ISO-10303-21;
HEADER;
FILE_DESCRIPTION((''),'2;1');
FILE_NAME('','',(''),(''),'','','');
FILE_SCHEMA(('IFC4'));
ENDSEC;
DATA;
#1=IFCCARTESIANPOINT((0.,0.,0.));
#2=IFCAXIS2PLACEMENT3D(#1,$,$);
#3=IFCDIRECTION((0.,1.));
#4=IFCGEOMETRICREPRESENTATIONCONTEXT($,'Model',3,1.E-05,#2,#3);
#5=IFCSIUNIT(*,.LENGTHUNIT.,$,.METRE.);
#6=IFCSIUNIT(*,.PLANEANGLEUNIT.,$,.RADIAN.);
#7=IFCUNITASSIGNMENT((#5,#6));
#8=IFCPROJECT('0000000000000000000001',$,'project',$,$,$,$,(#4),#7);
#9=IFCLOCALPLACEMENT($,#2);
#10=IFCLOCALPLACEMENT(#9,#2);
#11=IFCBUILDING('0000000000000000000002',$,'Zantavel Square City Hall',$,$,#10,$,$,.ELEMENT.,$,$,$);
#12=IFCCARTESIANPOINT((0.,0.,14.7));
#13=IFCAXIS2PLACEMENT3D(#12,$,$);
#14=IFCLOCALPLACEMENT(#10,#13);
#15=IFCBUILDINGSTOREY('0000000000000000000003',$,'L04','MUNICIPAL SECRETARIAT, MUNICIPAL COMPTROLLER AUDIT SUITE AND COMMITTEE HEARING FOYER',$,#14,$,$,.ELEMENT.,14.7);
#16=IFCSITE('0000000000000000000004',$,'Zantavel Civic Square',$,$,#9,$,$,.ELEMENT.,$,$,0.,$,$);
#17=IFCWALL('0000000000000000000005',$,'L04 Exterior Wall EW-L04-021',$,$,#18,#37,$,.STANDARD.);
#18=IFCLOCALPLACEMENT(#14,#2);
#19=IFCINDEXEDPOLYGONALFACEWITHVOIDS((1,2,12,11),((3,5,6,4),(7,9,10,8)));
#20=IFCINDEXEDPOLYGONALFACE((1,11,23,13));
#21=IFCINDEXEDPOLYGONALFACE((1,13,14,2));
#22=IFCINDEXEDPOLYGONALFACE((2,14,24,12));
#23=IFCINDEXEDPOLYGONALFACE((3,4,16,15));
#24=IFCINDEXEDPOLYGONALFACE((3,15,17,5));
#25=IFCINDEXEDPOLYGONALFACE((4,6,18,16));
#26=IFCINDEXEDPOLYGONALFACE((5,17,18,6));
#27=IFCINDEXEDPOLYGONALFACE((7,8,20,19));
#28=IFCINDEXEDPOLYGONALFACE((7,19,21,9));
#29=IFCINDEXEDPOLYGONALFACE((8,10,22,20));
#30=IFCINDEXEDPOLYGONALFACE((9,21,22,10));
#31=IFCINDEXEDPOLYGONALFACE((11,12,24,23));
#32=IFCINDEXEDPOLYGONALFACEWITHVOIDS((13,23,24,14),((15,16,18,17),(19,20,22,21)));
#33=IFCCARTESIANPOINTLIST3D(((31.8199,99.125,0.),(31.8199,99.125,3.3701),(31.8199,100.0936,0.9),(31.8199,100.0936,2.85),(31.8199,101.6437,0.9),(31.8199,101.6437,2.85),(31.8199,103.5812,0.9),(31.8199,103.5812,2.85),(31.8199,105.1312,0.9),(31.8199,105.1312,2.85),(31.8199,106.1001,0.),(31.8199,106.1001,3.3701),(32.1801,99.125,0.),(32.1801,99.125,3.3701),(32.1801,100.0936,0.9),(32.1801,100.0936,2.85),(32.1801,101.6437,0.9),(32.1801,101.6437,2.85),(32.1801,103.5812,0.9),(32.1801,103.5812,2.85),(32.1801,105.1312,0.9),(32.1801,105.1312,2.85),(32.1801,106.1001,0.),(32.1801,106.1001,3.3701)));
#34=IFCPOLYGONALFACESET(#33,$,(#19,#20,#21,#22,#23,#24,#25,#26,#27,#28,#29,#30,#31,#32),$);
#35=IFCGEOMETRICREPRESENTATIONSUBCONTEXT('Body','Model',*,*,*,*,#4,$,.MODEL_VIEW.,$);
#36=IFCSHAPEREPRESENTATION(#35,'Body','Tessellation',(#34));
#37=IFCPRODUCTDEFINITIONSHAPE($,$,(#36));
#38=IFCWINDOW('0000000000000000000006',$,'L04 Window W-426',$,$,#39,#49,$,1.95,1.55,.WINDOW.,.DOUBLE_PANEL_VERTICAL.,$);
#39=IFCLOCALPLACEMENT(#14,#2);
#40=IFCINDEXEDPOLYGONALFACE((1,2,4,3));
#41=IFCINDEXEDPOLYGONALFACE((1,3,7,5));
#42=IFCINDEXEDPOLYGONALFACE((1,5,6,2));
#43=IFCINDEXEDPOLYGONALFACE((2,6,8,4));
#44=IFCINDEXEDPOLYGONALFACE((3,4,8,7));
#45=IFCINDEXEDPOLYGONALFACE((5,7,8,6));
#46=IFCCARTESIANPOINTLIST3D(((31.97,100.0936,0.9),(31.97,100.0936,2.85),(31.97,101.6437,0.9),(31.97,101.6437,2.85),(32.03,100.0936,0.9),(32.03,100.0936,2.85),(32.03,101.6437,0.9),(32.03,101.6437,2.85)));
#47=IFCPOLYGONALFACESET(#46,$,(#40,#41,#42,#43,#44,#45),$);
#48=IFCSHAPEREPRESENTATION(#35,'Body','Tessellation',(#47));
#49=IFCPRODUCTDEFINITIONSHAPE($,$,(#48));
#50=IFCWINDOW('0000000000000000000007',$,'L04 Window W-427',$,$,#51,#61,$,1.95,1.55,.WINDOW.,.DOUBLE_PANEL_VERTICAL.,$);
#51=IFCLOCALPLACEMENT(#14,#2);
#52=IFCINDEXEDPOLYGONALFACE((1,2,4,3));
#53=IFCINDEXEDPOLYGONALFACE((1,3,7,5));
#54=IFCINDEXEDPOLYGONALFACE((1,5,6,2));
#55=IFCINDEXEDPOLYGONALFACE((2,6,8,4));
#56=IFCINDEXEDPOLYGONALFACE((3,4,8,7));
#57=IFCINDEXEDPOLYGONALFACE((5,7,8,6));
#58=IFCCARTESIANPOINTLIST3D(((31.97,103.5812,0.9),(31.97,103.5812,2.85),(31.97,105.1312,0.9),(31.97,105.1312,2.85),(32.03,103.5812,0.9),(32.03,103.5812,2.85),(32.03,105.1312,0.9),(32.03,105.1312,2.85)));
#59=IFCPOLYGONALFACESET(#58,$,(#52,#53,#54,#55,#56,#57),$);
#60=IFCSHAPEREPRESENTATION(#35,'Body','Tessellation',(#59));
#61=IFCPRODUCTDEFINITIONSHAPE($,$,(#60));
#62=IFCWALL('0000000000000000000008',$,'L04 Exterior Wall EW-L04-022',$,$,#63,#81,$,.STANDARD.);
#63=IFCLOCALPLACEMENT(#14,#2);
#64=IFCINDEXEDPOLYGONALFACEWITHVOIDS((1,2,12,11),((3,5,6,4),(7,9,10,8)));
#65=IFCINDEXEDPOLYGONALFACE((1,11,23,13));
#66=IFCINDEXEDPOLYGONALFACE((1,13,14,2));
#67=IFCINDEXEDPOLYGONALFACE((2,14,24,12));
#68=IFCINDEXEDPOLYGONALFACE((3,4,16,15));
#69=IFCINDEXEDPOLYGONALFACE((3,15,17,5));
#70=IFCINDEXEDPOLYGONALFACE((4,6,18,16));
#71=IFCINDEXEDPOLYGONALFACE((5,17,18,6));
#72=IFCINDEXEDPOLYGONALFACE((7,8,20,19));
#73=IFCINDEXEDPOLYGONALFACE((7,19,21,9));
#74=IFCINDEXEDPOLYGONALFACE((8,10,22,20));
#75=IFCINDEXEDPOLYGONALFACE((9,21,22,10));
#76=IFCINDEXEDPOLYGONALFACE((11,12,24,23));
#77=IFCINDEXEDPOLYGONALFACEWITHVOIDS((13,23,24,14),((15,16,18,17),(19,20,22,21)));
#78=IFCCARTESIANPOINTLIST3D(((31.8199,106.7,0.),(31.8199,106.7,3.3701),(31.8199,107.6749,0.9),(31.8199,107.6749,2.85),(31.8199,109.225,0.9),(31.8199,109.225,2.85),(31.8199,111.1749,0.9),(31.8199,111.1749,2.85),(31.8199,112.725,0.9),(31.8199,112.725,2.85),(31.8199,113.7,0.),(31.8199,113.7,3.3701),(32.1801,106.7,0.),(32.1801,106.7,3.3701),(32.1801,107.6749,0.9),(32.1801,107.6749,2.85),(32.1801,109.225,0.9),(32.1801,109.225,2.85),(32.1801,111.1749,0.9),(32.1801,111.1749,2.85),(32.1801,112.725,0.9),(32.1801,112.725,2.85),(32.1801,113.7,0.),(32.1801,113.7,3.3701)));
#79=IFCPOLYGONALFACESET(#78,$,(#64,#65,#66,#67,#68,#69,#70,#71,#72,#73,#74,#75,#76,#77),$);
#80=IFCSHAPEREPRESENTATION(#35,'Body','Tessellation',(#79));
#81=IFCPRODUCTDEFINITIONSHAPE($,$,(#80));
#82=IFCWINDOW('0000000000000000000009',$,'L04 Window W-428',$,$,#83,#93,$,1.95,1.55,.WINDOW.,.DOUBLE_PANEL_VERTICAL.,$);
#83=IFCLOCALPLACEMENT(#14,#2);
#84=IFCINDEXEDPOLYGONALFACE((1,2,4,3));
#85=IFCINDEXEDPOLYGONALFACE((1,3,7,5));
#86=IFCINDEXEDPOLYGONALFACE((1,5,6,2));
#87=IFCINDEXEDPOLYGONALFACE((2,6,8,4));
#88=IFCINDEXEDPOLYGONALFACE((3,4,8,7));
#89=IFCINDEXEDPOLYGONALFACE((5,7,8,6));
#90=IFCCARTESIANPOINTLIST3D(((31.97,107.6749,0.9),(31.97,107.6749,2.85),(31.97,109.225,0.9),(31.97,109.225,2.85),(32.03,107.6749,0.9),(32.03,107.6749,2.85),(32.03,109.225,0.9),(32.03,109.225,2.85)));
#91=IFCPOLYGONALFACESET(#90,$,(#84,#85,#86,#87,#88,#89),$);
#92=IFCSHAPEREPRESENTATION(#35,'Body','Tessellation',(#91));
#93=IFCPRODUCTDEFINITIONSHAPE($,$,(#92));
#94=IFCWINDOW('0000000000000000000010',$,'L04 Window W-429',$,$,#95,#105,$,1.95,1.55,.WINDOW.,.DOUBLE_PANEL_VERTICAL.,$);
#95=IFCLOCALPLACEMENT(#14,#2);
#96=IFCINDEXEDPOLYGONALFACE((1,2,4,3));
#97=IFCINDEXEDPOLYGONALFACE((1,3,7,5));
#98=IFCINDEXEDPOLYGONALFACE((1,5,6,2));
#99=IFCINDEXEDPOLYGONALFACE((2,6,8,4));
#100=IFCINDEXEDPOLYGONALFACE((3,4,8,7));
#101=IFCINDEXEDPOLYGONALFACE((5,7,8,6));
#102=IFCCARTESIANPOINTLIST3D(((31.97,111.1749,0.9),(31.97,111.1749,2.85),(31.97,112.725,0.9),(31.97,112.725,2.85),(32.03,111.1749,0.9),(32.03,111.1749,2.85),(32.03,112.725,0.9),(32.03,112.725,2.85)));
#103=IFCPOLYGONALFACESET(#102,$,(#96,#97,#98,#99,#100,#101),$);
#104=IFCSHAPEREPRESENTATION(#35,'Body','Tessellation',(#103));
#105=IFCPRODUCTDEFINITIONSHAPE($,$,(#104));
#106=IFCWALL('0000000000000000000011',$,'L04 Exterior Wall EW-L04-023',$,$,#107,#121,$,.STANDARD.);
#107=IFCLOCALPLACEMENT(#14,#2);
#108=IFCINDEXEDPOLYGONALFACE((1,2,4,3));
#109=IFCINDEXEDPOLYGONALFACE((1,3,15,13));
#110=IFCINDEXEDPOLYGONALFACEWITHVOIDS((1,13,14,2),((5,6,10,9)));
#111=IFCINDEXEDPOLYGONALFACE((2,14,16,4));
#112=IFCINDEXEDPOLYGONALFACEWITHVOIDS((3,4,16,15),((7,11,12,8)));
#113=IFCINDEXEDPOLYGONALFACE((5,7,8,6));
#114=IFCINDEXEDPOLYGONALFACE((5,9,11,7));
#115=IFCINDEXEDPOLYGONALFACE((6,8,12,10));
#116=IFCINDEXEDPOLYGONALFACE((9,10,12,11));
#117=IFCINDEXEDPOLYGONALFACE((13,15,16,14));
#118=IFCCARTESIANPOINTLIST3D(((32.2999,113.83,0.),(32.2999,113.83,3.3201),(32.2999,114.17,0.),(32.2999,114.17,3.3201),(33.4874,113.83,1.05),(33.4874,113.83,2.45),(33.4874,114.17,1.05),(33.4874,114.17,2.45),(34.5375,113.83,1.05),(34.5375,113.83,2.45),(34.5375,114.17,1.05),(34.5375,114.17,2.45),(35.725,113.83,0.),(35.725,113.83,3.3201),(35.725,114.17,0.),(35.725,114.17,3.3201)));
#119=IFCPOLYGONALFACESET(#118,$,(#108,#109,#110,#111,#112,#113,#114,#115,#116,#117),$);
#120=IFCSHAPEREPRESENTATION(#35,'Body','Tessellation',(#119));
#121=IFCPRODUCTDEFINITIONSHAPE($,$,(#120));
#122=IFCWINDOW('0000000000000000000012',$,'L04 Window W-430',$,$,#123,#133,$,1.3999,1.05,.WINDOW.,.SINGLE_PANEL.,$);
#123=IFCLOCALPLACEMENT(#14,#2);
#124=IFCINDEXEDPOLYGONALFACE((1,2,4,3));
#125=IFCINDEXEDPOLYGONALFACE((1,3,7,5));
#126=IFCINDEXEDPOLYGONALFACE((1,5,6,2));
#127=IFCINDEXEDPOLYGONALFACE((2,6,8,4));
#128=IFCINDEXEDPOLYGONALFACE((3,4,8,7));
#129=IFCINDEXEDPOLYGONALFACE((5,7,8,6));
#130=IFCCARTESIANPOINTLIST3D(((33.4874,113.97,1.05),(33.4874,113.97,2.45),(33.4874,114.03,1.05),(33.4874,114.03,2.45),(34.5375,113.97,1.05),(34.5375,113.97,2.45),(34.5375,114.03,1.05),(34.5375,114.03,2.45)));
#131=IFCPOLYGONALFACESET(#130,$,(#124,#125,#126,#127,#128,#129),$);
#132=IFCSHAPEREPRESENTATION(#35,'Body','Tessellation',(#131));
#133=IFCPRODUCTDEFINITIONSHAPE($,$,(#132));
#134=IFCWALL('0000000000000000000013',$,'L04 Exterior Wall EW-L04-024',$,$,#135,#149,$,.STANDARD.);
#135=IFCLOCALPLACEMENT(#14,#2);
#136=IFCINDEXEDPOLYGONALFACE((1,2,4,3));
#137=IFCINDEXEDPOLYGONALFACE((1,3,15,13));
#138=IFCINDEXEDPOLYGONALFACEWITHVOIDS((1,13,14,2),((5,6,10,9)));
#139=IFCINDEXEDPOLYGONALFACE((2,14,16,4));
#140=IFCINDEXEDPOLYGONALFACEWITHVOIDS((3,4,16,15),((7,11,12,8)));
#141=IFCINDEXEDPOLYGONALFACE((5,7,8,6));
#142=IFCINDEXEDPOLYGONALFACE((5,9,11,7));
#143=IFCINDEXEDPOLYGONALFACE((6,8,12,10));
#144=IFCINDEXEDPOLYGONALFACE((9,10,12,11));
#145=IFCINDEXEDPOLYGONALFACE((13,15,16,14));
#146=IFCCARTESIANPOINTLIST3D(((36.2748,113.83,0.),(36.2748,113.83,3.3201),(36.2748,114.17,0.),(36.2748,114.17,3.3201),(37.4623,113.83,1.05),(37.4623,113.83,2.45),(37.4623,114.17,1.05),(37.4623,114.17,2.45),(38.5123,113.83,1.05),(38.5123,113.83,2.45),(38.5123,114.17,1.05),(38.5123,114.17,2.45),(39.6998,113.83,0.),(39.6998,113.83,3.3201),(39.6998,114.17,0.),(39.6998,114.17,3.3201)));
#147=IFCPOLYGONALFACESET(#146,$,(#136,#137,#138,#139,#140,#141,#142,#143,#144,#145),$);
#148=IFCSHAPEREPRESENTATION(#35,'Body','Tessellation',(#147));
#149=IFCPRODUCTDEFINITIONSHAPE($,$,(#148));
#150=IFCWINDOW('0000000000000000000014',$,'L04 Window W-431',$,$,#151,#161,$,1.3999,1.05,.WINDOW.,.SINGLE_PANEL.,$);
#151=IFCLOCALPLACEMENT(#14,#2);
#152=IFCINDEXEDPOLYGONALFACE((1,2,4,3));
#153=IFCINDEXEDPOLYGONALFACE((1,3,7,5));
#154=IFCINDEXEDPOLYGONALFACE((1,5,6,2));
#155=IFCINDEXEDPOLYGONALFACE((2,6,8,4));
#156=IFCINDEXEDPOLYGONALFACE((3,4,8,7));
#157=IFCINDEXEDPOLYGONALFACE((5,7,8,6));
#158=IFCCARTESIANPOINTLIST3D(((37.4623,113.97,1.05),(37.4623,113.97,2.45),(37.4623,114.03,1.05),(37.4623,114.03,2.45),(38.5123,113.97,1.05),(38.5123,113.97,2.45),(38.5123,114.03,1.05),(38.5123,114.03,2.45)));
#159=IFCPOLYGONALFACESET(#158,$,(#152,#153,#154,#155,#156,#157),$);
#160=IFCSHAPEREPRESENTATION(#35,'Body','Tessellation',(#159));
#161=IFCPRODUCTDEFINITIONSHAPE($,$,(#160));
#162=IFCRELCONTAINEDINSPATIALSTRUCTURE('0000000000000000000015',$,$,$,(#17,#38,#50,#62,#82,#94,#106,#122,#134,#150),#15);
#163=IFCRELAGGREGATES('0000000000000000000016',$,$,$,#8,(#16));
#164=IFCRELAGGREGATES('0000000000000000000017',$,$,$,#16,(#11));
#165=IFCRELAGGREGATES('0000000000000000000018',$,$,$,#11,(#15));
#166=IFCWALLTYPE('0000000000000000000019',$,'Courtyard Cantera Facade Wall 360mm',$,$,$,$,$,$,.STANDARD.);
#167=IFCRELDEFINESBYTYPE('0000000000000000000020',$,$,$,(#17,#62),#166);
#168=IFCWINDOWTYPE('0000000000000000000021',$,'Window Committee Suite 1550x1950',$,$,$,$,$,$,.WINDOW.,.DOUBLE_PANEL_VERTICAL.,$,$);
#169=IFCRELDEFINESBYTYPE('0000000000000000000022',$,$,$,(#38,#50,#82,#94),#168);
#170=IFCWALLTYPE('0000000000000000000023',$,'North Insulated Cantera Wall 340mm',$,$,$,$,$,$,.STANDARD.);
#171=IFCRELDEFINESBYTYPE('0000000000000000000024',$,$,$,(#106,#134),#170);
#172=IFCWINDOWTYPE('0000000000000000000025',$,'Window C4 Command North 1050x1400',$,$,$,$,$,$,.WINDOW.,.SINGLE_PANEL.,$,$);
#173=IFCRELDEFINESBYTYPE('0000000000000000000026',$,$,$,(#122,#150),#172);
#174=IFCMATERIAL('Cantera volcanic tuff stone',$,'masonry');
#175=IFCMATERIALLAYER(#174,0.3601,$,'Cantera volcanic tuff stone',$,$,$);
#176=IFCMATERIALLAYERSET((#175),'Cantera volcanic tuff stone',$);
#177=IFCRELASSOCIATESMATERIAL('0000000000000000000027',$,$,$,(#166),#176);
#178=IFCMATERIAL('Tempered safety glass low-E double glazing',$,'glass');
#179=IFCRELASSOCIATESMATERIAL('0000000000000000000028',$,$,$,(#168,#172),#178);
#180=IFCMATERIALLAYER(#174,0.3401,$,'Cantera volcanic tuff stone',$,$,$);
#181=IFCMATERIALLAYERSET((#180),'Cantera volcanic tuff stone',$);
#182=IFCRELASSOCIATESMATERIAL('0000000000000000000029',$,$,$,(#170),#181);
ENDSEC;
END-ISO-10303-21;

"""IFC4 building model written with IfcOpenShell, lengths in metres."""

from ifc_helpers import new_model, si_unit, direction, frame, frame_2d, origin, place, context, subcontext, project, spatial, rectangle, extrude, material, layer, layer_set, type_object, element, fill, save


model = new_model("IFC4")

# Units and contexts
model_context = context("Model", 3, precision=1e-05, world=origin(), true_north=direction((0.0, 1.0)))
body_context = subcontext(model_context, "Body", "Model", "MODEL_VIEW")
ifc_project = project(units=[si_unit("LENGTHUNIT", "METRE"), si_unit("PLANEANGLEUNIT", "RADIAN")], contexts=[model_context])

# Site, building, storey
site_placement = place(None, origin())
site = spatial("IfcSite", under=ifc_project, at=site_placement, Name="Zantavel Civic Square", CompositionType="ELEMENT", RefElevation=0.0)
building_placement = place(site_placement, origin())
building = spatial("IfcBuilding", under=site, at=building_placement, Name="Zantavel Square City Hall", CompositionType="ELEMENT")
storey_placement = place(building_placement, frame((0.0, 0.0, 14.7)))
storey = spatial("IfcBuildingStorey", under=building, at=storey_placement, Name="L04", Description="MUNICIPAL SECRETARIAT, MUNICIPAL COMPTROLLER AUDIT SUITE AND COMMITTEE HEARING FOYER", CompositionType="ELEMENT", Elevation=14.7)

# Walls, openings, windows
ifc_material_1 = material(Name="Cantera volcanic tuff stone", Category="masonry")
ifc_layer_1 = layer(ifc_material_1, 0.3601, Name="Cantera volcanic tuff stone")
ifc_layer_set_1 = layer_set([ifc_layer_1], Name="Cantera volcanic tuff stone")
wall_type_1 = type_object("IfcWallType", Name="Courtyard Cantera Facade Wall 360mm", PredefinedType="STANDARD", material=ifc_layer_set_1)
wall_1_placement = place(storey_placement, frame((32.0, 99.125, 0.0), z_axis=(0.0, 0.0, 1.0), x_axis=(0.0, 1.0, 0.0)))
wall_1 = element("IfcWall", 1, at=wall_1_placement, inside=storey, type_object=wall_type_1, Name="L04 Exterior Wall EW-L04-021", PredefinedType="STANDARD", context=body_context, shape_type="SweptSolid", body=[
    extrude(rectangle(XDim=6.9751, YDim=0.3601, at=frame_2d((3.4875, 0.0))), origin(), (0.0, 0.0, 1.0), 3.3701),
])
opening_1_placement = place(wall_1_placement, frame((0.9688, 0.0, 0.8999)))
opening_1 = element("IfcOpeningElement", 2, at=opening_1_placement, cuts=wall_1, PredefinedType="OPENING", context=body_context, shape_type="SweptSolid", body=[
    extrude(rectangle(XDim=1.55, YDim=1.95, at=frame_2d((0.7749, 0.9751))), frame((0.0, 0.1899, 0.0), z_axis=(0.0, -1.0, 0.0), x_axis=(1.0, 0.0, 0.0)), (0.0, 0.0, 1.0), 0.3801),
])
opening_2_placement = place(wall_1_placement, frame((4.4563, 0.0, 0.8999)))
opening_2 = element("IfcOpeningElement", 3, at=opening_2_placement, cuts=wall_1, PredefinedType="OPENING", context=body_context, shape_type="SweptSolid", body=[
    extrude(rectangle(XDim=1.55, YDim=1.95, at=frame_2d((0.7749, 0.9751))), frame((0.0, 0.1899, 0.0), z_axis=(0.0, -1.0, 0.0), x_axis=(1.0, 0.0, 0.0)), (0.0, 0.0, 1.0), 0.3801),
])
ifc_material_2 = material(Name="Tempered safety glass low-E double glazing", Category="glass")
window_type_1 = type_object("IfcWindowType", Name="Window Committee Suite 1550x1950", PartitioningType="DOUBLE_PANEL_VERTICAL", PredefinedType="WINDOW", material=ifc_material_2)
window_1_placement = place(opening_1_placement, origin())
window_1 = element("IfcWindow", 4, at=window_1_placement, inside=storey, type_object=window_type_1, Name="L04 Window W-426", OverallHeight=1.95, OverallWidth=1.55, PartitioningType="DOUBLE_PANEL_VERTICAL", PredefinedType="WINDOW", context=body_context, shape_type="SweptSolid", body=[
    extrude(rectangle(XDim=1.55, YDim=1.95, at=frame_2d((0.7749, 0.9751))), frame((0.0, 0.03, 0.0), z_axis=(0.0, -1.0, 0.0), x_axis=(1.0, 0.0, 0.0)), (0.0, 0.0, 1.0), 0.0601),
])
fill(opening_1, window_1)
window_2_placement = place(opening_2_placement, origin())
window_2 = element("IfcWindow", 5, at=window_2_placement, inside=storey, type_object=window_type_1, Name="L04 Window W-427", OverallHeight=1.95, OverallWidth=1.55, PartitioningType="DOUBLE_PANEL_VERTICAL", PredefinedType="WINDOW", context=body_context, shape_type="SweptSolid", body=[
    extrude(rectangle(XDim=1.55, YDim=1.95, at=frame_2d((0.7749, 0.9751))), frame((0.0, 0.03, 0.0), z_axis=(0.0, -1.0, 0.0), x_axis=(1.0, 0.0, 0.0)), (0.0, 0.0, 1.0), 0.0601),
])
fill(opening_2, window_2)
wall_2_placement = place(storey_placement, frame((32.0, 106.7, 0.0), z_axis=(0.0, 0.0, 1.0), x_axis=(0.0, 1.0, 0.0)))
wall_2 = element("IfcWall", 6, at=wall_2_placement, inside=storey, type_object=wall_type_1, Name="L04 Exterior Wall EW-L04-022", PredefinedType="STANDARD", context=body_context, shape_type="SweptSolid", body=[
    extrude(rectangle(XDim=7.0, YDim=0.3601, at=frame_2d((3.5, 0.0))), origin(), (0.0, 0.0, 1.0), 3.3701),
])
opening_3_placement = place(wall_2_placement, frame((0.9751, 0.0, 0.8999)))
opening_3 = element("IfcOpeningElement", 7, at=opening_3_placement, cuts=wall_2, PredefinedType="OPENING", context=body_context, shape_type="SweptSolid", body=[
    extrude(rectangle(XDim=1.55, YDim=1.95, at=frame_2d((0.7749, 0.9751))), frame((0.0, 0.1899, 0.0), z_axis=(0.0, -1.0, 0.0), x_axis=(1.0, 0.0, 0.0)), (0.0, 0.0, 1.0), 0.3801),
])
opening_4_placement = place(wall_2_placement, frame((4.4751, 0.0, 0.8999)))
opening_4 = element("IfcOpeningElement", 8, at=opening_4_placement, cuts=wall_2, PredefinedType="OPENING", context=body_context, shape_type="SweptSolid", body=[
    extrude(rectangle(XDim=1.55, YDim=1.95, at=frame_2d((0.7749, 0.9751))), frame((0.0, 0.1899, 0.0), z_axis=(0.0, -1.0, 0.0), x_axis=(1.0, 0.0, 0.0)), (0.0, 0.0, 1.0), 0.3801),
])
window_3_placement = place(opening_3_placement, origin())
window_3 = element("IfcWindow", 9, at=window_3_placement, inside=storey, type_object=window_type_1, Name="L04 Window W-428", OverallHeight=1.95, OverallWidth=1.55, PartitioningType="DOUBLE_PANEL_VERTICAL", PredefinedType="WINDOW", context=body_context, shape_type="SweptSolid", body=[
    extrude(rectangle(XDim=1.55, YDim=1.95, at=frame_2d((0.7749, 0.9751))), frame((0.0, 0.03, 0.0), z_axis=(0.0, -1.0, 0.0), x_axis=(1.0, 0.0, 0.0)), (0.0, 0.0, 1.0), 0.0601),
])
fill(opening_3, window_3)
window_4_placement = place(opening_4_placement, origin())
window_4 = element("IfcWindow", 10, at=window_4_placement, inside=storey, type_object=window_type_1, Name="L04 Window W-429", OverallHeight=1.95, OverallWidth=1.55, PartitioningType="DOUBLE_PANEL_VERTICAL", PredefinedType="WINDOW", context=body_context, shape_type="SweptSolid", body=[
    extrude(rectangle(XDim=1.55, YDim=1.95, at=frame_2d((0.7749, 0.9751))), frame((0.0, 0.03, 0.0), z_axis=(0.0, -1.0, 0.0), x_axis=(1.0, 0.0, 0.0)), (0.0, 0.0, 1.0), 0.0601),
])
fill(opening_4, window_4)

# Walls, openings, windows
ifc_layer_2 = layer(ifc_material_1, 0.3401, Name="Cantera volcanic tuff stone")
ifc_layer_set_2 = layer_set([ifc_layer_2], Name="Cantera volcanic tuff stone")
wall_type_2 = type_object("IfcWallType", Name="North Insulated Cantera Wall 340mm", PredefinedType="STANDARD", material=ifc_layer_set_2)
wall_3_placement = place(storey_placement, frame((32.3, 114.0, 0.0), z_axis=(0.0, 0.0, 1.0), x_axis=(1.0, 0.0, 0.0)))
wall_3 = element("IfcWall", 11, at=wall_3_placement, inside=storey, type_object=wall_type_2, Name="L04 Exterior Wall EW-L04-023", PredefinedType="STANDARD", context=body_context, shape_type="SweptSolid", body=[
    extrude(rectangle(XDim=3.425, YDim=0.3401, at=frame_2d((1.7124, 0.0))), origin(), (0.0, 0.0, 1.0), 3.3201),
])
opening_5_placement = place(wall_3_placement, frame((1.1875, 0.0, 1.05)))
opening_5 = element("IfcOpeningElement", 12, at=opening_5_placement, cuts=wall_3, PredefinedType="OPENING", context=body_context, shape_type="SweptSolid", body=[
    extrude(rectangle(XDim=1.05, YDim=1.3999, at=frame_2d((0.5249, 0.7))), frame((0.0, 0.1799, 0.0), z_axis=(0.0, -1.0, 0.0), x_axis=(1.0, 0.0, 0.0)), (0.0, 0.0, 1.0), 0.3601),
])
window_type_2 = type_object("IfcWindowType", Name="Window C4 Command North 1050x1400", PartitioningType="SINGLE_PANEL", PredefinedType="WINDOW", material=ifc_material_2)
window_5_placement = place(opening_5_placement, origin())
window_5 = element("IfcWindow", 13, at=window_5_placement, inside=storey, type_object=window_type_2, Name="L04 Window W-430", OverallHeight=1.3999, OverallWidth=1.05, PartitioningType="SINGLE_PANEL", PredefinedType="WINDOW", context=body_context, shape_type="SweptSolid", body=[
    extrude(rectangle(XDim=1.05, YDim=1.3999, at=frame_2d((0.5249, 0.7))), frame((0.0, 0.03, 0.0), z_axis=(0.0, -1.0, 0.0), x_axis=(1.0, 0.0, 0.0)), (0.0, 0.0, 1.0), 0.0601),
])
fill(opening_5, window_5)
wall_4_placement = place(storey_placement, frame((36.2749, 114.0, 0.0), z_axis=(0.0, 0.0, 1.0), x_axis=(1.0, 0.0, 0.0)))
wall_4 = element("IfcWall", 14, at=wall_4_placement, inside=storey, type_object=wall_type_2, Name="L04 Exterior Wall EW-L04-024", PredefinedType="STANDARD", context=body_context, shape_type="SweptSolid", body=[
    extrude(rectangle(XDim=3.425, YDim=0.3401, at=frame_2d((1.7124, 0.0))), origin(), (0.0, 0.0, 1.0), 3.3201),
])
opening_6_placement = place(wall_4_placement, frame((1.1875, 0.0, 1.05)))
opening_6 = element("IfcOpeningElement", 15, at=opening_6_placement, cuts=wall_4, PredefinedType="OPENING", context=body_context, shape_type="SweptSolid", body=[
    extrude(rectangle(XDim=1.05, YDim=1.3999, at=frame_2d((0.5249, 0.7))), frame((0.0, 0.1799, 0.0), z_axis=(0.0, -1.0, 0.0), x_axis=(1.0, 0.0, 0.0)), (0.0, 0.0, 1.0), 0.3601),
])
window_6_placement = place(opening_6_placement, origin())
window_6 = element("IfcWindow", 16, at=window_6_placement, inside=storey, type_object=window_type_2, Name="L04 Window W-431", OverallHeight=1.3999, OverallWidth=1.05, PartitioningType="SINGLE_PANEL", PredefinedType="WINDOW", context=body_context, shape_type="SweptSolid", body=[
    extrude(rectangle(XDim=1.05, YDim=1.3999, at=frame_2d((0.5249, 0.7))), frame((0.0, 0.03, 0.0), z_axis=(0.0, -1.0, 0.0), x_axis=(1.0, 0.0, 0.0)), (0.0, 0.0, 1.0), 0.0601),
])
fill(opening_6, window_6)

save(model, "model.ifc")
